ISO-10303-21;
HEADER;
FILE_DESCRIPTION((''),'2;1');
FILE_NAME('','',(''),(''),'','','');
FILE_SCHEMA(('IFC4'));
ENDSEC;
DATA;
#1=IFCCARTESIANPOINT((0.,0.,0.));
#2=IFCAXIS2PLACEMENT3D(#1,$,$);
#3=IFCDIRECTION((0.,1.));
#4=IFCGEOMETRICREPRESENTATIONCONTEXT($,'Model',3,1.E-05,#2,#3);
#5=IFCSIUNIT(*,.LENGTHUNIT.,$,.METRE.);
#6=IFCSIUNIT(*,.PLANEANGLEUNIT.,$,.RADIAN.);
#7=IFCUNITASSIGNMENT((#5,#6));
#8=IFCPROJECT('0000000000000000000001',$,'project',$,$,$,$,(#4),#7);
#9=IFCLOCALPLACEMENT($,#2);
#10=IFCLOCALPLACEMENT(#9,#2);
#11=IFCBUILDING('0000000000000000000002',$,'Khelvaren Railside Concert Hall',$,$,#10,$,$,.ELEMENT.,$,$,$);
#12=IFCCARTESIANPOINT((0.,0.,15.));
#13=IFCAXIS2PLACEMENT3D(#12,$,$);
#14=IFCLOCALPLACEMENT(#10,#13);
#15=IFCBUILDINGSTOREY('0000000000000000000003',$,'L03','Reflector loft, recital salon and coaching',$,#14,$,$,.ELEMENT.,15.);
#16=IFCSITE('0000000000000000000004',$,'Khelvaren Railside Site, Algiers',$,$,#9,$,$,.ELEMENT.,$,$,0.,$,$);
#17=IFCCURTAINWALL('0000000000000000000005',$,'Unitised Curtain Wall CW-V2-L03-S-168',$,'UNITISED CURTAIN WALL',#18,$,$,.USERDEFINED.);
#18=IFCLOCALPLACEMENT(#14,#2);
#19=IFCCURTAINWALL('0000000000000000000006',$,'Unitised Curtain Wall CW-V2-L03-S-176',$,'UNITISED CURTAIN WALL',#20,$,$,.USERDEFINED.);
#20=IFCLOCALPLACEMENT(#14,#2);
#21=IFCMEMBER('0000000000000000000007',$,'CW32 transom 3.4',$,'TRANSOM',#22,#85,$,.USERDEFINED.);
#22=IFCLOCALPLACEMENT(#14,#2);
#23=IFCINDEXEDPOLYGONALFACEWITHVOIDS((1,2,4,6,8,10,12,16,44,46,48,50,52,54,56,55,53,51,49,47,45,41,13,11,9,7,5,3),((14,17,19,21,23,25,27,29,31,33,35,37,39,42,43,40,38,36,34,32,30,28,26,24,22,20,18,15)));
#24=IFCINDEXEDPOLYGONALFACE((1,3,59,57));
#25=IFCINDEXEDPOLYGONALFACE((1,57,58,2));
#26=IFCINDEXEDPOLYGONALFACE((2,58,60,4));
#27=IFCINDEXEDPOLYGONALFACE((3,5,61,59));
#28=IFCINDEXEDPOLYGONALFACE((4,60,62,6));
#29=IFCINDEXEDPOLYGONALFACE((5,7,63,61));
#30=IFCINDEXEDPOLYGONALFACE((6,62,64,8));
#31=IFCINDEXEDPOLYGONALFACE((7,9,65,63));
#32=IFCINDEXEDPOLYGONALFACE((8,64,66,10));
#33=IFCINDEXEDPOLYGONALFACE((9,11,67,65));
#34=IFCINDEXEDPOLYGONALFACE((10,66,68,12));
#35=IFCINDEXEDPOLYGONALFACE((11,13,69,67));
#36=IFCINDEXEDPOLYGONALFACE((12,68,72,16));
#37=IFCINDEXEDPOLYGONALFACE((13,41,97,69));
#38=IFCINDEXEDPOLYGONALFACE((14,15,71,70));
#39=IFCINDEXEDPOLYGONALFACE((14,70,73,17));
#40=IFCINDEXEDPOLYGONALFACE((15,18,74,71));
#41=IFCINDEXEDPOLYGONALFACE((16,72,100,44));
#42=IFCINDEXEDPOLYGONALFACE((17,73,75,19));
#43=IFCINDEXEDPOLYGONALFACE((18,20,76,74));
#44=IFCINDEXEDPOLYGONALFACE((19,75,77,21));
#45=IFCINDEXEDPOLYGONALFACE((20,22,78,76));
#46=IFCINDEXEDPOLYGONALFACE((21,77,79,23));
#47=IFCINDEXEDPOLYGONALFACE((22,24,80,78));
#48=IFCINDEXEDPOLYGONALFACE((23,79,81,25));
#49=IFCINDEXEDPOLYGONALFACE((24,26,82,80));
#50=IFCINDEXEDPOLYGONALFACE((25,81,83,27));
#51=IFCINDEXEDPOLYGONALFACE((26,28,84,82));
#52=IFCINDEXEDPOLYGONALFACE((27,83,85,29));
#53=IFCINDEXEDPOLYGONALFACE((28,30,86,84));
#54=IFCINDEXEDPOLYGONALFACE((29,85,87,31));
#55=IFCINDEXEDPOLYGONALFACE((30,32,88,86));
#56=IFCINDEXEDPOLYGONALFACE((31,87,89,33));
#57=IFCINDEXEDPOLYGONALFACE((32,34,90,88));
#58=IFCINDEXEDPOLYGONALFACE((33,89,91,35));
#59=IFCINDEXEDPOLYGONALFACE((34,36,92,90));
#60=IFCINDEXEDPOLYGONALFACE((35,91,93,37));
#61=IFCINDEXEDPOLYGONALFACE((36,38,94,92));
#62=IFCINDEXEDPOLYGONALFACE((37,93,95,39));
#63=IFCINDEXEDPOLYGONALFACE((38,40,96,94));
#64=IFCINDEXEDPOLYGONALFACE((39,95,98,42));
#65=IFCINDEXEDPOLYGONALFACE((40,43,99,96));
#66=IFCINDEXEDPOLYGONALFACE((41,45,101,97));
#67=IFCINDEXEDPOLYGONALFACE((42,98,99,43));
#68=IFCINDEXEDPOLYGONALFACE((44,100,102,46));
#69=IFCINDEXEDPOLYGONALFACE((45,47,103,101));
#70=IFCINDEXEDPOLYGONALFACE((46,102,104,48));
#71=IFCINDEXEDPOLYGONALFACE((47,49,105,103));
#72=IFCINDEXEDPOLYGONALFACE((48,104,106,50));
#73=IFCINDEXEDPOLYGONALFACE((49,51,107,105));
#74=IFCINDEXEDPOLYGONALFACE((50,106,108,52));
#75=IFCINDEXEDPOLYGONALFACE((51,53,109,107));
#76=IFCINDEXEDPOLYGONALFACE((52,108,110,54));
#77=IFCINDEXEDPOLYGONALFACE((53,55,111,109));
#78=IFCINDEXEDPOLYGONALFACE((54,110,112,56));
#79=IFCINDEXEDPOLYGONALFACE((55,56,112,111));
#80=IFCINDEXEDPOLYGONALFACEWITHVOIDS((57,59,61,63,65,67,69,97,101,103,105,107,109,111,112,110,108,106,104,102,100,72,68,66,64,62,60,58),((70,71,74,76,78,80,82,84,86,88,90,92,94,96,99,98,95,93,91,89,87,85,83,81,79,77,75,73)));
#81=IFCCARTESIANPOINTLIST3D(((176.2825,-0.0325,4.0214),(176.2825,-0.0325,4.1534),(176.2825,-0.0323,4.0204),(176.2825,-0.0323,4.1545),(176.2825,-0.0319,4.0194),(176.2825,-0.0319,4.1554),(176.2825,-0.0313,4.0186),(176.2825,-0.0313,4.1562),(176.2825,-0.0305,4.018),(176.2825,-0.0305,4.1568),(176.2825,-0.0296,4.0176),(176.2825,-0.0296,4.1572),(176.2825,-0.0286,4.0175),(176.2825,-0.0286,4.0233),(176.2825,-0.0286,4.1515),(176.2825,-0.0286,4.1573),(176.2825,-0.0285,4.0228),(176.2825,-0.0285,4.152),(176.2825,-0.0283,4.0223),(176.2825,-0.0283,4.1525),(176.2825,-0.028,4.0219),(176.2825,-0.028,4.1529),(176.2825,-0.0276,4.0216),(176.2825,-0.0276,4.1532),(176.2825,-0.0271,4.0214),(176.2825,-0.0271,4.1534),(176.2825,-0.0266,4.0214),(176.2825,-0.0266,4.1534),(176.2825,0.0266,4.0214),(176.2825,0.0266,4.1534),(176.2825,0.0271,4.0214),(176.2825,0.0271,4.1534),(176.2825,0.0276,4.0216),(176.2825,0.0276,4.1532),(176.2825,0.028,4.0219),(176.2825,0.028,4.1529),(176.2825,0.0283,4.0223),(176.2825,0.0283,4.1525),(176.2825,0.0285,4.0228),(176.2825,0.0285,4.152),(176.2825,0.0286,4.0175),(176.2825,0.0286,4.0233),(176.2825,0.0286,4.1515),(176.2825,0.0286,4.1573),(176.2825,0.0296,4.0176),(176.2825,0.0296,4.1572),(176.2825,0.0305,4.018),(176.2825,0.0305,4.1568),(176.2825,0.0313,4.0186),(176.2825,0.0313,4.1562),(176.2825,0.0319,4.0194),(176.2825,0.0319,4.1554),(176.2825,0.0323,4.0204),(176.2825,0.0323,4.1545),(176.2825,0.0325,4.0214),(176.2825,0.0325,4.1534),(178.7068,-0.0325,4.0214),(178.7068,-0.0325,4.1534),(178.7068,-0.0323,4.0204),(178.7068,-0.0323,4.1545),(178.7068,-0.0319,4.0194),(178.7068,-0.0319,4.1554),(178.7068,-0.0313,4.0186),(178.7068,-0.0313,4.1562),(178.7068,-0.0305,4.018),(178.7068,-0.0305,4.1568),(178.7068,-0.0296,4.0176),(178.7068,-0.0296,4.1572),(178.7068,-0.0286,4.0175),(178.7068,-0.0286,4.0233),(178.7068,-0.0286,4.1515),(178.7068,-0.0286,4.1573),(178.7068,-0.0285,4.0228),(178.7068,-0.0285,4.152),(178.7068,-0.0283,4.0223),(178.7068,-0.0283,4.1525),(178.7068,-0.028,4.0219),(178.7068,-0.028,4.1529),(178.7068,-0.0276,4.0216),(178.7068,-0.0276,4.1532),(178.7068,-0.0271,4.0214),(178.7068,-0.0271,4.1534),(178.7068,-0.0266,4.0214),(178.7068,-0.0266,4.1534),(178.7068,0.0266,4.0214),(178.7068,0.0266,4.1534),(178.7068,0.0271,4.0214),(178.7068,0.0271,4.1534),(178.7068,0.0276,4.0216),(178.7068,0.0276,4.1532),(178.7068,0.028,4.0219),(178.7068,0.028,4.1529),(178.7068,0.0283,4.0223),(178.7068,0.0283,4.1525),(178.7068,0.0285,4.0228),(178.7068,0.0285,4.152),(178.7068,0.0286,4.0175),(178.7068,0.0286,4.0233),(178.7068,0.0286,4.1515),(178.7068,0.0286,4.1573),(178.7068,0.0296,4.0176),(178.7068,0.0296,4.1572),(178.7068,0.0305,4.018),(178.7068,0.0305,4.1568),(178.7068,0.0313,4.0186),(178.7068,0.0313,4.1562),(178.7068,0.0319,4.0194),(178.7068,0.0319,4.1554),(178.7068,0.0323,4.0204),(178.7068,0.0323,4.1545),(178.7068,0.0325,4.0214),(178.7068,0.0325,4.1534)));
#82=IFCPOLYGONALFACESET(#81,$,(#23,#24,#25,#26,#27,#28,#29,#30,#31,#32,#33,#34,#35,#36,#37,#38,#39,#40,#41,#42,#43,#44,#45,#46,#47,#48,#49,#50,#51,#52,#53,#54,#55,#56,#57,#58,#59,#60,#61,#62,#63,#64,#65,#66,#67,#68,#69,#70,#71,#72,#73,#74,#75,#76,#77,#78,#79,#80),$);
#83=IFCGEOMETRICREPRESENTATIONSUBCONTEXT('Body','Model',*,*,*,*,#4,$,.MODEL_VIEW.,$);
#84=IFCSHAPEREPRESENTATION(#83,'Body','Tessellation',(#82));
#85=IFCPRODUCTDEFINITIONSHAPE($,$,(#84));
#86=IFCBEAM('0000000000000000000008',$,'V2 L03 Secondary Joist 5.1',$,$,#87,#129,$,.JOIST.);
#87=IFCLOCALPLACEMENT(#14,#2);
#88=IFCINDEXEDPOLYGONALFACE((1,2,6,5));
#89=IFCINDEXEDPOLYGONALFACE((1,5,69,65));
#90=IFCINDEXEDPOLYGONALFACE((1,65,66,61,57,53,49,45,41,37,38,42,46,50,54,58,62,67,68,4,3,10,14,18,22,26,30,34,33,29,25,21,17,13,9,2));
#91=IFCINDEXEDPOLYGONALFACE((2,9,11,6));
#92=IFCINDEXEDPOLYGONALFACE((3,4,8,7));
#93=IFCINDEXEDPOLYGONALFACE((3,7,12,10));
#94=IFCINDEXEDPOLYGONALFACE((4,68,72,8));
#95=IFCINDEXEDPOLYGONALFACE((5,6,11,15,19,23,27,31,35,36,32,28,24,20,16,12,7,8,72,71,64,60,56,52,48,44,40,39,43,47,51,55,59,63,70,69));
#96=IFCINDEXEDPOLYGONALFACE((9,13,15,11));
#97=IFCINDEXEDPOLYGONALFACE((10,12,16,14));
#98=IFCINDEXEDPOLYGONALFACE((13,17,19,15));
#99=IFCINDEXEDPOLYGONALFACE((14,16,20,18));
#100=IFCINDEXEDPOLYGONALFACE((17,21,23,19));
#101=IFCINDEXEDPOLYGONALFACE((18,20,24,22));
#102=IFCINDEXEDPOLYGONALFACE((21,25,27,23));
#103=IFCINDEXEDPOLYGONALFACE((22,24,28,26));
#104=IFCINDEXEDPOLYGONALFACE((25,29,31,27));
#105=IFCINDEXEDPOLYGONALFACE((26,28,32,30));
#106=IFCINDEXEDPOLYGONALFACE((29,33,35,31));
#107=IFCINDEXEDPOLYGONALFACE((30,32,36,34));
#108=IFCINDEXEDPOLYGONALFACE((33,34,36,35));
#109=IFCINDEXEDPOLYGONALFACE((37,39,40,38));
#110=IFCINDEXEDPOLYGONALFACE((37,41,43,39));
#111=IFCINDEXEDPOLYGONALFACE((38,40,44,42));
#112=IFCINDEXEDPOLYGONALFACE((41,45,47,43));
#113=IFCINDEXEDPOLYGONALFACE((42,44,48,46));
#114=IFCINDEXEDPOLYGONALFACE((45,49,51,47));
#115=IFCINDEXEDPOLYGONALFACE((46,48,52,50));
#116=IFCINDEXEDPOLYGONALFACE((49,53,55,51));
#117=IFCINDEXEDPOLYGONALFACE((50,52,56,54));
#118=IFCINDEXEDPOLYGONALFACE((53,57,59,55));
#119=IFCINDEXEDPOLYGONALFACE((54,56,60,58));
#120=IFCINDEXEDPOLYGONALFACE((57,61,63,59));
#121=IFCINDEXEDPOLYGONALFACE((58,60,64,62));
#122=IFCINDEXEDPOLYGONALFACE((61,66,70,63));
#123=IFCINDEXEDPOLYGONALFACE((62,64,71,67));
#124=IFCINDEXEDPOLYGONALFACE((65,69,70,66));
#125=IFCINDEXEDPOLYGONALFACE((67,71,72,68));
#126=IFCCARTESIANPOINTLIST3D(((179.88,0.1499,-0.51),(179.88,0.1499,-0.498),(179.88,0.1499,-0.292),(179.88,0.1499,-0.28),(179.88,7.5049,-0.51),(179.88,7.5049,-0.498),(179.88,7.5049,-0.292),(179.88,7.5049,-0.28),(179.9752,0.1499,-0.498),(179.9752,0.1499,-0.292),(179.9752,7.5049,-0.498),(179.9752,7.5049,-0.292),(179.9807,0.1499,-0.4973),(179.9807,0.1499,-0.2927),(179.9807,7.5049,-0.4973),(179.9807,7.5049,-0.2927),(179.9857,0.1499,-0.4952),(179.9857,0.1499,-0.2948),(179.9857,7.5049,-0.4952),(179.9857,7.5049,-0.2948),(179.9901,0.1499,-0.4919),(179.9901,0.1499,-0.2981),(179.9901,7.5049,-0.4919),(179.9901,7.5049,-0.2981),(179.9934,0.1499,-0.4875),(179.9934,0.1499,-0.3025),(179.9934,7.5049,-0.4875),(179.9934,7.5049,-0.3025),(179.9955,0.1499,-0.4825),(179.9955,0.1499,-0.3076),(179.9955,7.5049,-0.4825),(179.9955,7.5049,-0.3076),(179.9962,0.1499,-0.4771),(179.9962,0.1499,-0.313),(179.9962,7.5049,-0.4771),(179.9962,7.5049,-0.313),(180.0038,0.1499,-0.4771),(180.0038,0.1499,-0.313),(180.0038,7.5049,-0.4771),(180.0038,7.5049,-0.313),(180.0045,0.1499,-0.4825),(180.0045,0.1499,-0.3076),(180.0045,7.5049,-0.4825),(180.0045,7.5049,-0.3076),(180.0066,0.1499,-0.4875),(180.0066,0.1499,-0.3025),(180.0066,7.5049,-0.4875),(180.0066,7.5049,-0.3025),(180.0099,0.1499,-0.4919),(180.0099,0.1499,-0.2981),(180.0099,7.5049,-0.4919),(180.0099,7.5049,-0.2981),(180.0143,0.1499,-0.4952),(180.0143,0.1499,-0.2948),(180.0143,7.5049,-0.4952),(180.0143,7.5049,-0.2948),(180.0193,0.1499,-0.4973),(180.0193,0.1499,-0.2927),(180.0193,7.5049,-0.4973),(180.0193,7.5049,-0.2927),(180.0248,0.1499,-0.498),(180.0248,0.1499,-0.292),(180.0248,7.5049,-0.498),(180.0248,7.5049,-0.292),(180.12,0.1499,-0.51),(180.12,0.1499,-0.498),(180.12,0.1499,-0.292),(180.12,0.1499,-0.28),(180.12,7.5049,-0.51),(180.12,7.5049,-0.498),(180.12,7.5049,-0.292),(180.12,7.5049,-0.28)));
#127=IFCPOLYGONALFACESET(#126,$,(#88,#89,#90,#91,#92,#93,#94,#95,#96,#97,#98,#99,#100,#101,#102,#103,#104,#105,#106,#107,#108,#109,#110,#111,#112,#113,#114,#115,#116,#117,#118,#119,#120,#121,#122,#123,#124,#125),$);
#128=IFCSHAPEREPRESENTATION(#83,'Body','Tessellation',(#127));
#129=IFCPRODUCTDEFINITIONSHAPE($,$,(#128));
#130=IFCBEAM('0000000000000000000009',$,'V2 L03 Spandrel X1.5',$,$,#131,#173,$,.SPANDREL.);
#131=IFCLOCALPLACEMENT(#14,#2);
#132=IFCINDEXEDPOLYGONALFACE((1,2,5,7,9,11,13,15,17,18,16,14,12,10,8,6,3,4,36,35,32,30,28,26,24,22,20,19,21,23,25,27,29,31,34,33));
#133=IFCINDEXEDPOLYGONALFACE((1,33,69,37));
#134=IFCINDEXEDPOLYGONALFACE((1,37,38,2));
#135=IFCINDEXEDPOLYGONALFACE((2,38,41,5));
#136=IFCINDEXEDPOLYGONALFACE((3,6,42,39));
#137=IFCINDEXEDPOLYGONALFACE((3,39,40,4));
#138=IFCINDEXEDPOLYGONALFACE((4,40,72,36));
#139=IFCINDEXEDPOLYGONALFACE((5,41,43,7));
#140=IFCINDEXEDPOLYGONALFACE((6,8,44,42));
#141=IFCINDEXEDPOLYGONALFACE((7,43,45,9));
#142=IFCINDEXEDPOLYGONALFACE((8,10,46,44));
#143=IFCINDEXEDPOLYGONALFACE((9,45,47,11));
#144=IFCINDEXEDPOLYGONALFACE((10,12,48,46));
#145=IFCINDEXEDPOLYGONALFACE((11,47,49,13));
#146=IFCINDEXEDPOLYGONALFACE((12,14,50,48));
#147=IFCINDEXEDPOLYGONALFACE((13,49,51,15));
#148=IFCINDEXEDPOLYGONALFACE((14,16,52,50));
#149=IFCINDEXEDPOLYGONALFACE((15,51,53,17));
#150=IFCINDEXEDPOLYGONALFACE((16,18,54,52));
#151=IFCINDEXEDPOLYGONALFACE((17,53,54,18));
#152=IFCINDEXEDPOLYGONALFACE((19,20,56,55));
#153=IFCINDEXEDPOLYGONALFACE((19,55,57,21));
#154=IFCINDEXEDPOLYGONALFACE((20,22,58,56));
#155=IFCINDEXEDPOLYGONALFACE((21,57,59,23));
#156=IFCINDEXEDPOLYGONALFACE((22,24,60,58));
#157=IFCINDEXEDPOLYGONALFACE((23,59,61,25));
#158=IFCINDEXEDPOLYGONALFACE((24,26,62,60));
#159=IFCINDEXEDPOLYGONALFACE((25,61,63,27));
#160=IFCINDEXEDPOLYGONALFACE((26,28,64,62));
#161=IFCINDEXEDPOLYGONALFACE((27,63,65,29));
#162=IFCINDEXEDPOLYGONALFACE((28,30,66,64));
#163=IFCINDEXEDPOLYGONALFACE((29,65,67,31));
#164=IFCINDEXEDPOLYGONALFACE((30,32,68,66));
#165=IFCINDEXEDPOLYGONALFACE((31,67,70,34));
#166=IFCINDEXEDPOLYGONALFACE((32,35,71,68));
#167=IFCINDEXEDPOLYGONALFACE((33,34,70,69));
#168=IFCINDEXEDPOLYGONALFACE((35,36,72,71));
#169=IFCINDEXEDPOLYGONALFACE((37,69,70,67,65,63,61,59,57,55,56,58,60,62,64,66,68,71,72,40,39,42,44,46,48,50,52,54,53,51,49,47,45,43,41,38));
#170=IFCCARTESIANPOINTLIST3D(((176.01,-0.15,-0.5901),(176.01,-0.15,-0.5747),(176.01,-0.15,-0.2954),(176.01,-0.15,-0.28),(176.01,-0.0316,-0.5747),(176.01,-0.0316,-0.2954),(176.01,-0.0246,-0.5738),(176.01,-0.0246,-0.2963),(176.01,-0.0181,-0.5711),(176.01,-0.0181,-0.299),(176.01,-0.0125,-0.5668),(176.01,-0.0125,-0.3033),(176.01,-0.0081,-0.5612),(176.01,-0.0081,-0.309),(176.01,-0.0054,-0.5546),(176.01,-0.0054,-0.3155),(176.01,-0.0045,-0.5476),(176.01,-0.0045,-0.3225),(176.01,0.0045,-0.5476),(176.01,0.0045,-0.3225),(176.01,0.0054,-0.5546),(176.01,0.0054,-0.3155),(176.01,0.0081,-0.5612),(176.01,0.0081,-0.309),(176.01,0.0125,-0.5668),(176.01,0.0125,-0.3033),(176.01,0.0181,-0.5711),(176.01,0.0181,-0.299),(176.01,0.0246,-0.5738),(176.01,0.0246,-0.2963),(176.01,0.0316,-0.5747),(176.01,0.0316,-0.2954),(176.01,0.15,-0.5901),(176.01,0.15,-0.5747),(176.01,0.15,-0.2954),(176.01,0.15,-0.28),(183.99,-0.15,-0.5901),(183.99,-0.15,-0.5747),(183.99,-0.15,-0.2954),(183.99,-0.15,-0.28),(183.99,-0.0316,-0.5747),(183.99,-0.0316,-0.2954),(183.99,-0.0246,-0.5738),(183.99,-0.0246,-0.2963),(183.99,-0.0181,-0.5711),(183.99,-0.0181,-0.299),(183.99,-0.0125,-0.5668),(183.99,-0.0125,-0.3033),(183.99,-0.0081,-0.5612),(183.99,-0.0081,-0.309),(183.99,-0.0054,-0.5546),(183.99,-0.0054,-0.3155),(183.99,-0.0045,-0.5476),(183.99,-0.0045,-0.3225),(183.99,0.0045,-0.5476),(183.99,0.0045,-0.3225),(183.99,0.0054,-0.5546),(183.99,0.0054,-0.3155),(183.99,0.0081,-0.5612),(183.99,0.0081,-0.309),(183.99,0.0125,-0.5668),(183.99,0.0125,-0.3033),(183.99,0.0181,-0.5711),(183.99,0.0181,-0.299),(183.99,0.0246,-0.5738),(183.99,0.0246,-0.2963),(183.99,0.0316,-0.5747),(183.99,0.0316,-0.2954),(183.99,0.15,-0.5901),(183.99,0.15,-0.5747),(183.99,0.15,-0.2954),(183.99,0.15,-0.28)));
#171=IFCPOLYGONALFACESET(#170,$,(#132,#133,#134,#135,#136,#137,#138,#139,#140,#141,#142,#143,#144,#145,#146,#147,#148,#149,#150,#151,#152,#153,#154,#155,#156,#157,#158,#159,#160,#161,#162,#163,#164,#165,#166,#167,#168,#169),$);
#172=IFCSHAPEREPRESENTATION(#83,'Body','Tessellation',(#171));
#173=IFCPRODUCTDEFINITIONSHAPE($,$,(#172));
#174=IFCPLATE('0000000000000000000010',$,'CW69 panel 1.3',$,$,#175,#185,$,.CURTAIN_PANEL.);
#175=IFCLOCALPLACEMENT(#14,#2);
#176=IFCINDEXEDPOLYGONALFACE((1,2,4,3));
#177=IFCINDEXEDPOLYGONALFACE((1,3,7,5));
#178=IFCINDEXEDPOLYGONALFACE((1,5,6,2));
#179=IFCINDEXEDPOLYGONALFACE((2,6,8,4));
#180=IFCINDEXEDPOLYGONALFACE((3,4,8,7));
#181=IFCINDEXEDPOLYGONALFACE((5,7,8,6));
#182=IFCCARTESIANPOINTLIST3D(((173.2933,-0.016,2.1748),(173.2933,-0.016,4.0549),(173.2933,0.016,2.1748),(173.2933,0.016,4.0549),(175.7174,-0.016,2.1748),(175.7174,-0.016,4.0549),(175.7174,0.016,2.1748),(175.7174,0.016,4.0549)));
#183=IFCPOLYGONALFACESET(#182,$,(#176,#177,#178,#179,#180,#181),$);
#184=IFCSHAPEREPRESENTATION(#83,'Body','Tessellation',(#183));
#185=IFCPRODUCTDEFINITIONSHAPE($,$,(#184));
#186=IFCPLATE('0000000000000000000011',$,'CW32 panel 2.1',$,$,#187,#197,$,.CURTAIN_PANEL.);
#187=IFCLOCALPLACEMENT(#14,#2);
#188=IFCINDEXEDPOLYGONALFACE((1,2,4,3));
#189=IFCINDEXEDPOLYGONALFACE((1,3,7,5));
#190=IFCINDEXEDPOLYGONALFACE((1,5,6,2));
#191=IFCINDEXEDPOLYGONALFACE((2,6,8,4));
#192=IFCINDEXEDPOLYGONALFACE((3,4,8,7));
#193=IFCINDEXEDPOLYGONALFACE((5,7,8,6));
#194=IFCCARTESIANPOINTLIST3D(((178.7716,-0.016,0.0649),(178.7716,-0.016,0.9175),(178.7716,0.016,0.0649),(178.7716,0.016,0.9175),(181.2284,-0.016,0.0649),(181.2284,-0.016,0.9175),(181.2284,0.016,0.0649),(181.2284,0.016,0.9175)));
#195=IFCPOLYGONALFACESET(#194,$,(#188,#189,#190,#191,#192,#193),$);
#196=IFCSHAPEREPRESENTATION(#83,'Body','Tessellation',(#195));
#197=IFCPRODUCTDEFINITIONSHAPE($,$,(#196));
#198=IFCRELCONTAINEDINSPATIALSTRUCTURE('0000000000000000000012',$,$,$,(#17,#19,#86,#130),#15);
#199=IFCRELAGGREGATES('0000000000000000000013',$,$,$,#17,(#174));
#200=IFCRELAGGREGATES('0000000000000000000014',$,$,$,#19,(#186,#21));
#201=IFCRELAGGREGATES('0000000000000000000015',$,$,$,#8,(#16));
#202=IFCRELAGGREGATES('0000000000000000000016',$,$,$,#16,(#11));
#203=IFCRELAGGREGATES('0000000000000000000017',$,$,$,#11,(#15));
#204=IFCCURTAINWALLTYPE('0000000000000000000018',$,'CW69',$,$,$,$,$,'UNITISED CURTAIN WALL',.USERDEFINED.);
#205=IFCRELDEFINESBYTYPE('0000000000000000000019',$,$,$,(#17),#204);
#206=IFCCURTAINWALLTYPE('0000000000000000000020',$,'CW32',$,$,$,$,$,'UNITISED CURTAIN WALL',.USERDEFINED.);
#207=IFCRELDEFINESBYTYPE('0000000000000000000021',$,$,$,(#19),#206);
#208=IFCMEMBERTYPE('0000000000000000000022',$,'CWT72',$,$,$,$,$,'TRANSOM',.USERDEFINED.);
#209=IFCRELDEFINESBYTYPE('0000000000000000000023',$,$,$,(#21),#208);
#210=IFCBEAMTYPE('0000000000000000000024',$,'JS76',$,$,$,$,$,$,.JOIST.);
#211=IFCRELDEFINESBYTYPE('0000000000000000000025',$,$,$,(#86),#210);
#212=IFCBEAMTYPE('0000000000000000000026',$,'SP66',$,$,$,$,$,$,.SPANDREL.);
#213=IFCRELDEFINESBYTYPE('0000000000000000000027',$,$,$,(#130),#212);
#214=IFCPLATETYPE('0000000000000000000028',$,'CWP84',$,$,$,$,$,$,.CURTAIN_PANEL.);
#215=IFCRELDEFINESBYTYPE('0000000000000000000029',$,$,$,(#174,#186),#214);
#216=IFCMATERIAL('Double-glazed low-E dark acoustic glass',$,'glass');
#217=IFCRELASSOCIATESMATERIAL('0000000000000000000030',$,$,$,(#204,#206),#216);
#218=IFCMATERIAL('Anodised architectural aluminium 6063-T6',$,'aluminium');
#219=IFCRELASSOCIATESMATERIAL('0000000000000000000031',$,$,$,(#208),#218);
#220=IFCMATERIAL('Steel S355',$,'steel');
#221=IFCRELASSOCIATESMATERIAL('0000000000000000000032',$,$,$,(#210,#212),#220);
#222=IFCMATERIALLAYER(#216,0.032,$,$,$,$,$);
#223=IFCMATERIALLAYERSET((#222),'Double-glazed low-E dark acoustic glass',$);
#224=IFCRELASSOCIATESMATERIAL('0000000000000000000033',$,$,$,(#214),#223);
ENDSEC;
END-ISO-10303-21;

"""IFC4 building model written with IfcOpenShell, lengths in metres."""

from ifc_helpers import new_model, si_unit, direction, frame, origin, origin_2d, place, context, subcontext, project, spatial, rectangle, hollow_rectangle, i_section, extrude, material, layer, layer_set, material_profile, profile_set, type_object, element, aggregate, save


model = new_model("IFC4")

# Units and contexts
model_context = context("Model", 3, precision=1e-05, world=origin(), true_north=direction((0.0, 1.0)))
body_context = subcontext(model_context, "Body", "Model", "MODEL_VIEW")
ifc_project = project(units=[si_unit("LENGTHUNIT", "METRE"), si_unit("PLANEANGLEUNIT", "RADIAN")], contexts=[model_context])

# Site, building, storey
site_placement = place(None, origin())
site = spatial("IfcSite", under=ifc_project, at=site_placement, Name="Khelvaren Railside Site, Algiers", CompositionType="ELEMENT", RefElevation=0.0)
building_placement = place(site_placement, origin())
building = spatial("IfcBuilding", under=site, at=building_placement, Name="Khelvaren Railside Concert Hall", CompositionType="ELEMENT")
storey_placement = place(building_placement, frame((0.0, 0.0, 15.0)))
storey = spatial("IfcBuildingStorey", under=building, at=storey_placement, Name="L03", Description="Reflector loft, recital salon and coaching", CompositionType="ELEMENT", Elevation=15.0)

# Shared definitions
ifc_material_1 = material(Name="Steel S355", Category="steel")

# Curtain wall
ifc_material_2 = material(Name="Double-glazed low-E dark acoustic glass", Category="glass")
curtain_wall_type_1 = type_object("IfcCurtainWallType", Name="CW69", ElementType="UNITISED CURTAIN WALL", PredefinedType="USERDEFINED", material=ifc_material_2)
curtain_wall_1_placement = place(storey_placement, origin())
curtain_wall_1 = element("IfcCurtainWall", 1, at=curtain_wall_1_placement, inside=storey, type_object=curtain_wall_type_1, Name="Unitised Curtain Wall CW-V2-L03-S-168", ObjectType="UNITISED CURTAIN WALL", PredefinedType="USERDEFINED")
ifc_material_3 = material(Name="Anodised architectural aluminium 6063-T6", Category="aluminium")

# Curtain wall
curtain_wall_type_2 = type_object("IfcCurtainWallType", Name="CW32", ElementType="UNITISED CURTAIN WALL", PredefinedType="USERDEFINED", material=ifc_material_2)
curtain_wall_2_placement = place(storey_placement, origin())
curtain_wall_2 = element("IfcCurtainWall", 2, at=curtain_wall_2_placement, inside=storey, type_object=curtain_wall_type_2, Name="Unitised Curtain Wall CW-V2-L03-S-176", ObjectType="UNITISED CURTAIN WALL", PredefinedType="USERDEFINED")

# Member
ifc_material_profile_1 = material_profile(ifc_material_3, hollow_rectangle(XDim=0.0649, YDim=0.1399, WallThickness=0.0039, InnerFilletRadius=0.002, OuterFilletRadius=0.0039, at=origin_2d()), Name="CWT 65x140x4")
ifc_profile_set_1 = profile_set([ifc_material_profile_1], Name="Anodised architectural aluminium 6063-T6")
member_type_1 = type_object("IfcMemberType", Name="CWT72", ElementType="TRANSOM", PredefinedType="USERDEFINED", material=ifc_profile_set_1)
member_1_placement = place(storey_placement, frame((178.7068, 0.0, 4.0874), z_axis=(-1.0, 0.0, 0.0), x_axis=(0.0, -1.0, 0.0)))
member_1 = element("IfcMember", 3, at=member_1_placement, type_object=member_type_1, Name="CW32 transom 3.4", ObjectType="TRANSOM", PredefinedType="USERDEFINED", context=body_context, shape_type="SweptSolid", body=[
    extrude(hollow_rectangle(XDim=0.0649, YDim=0.1399, WallThickness=0.0039, InnerFilletRadius=0.002, OuterFilletRadius=0.0039, at=origin_2d()), origin(), (0.0, 0.0, 1.0), 2.4243),
])

# Beams
ifc_material_profile_2 = material_profile(ifc_material_1, i_section(OverallWidth=0.24, OverallDepth=0.23, WebThickness=0.0076, FlangeThickness=0.012, FilletRadius=0.021, at=origin_2d()), Name="HEA 240")
ifc_profile_set_2 = profile_set([ifc_material_profile_2], Name="Steel S355")
beam_type_1 = type_object("IfcBeamType", Name="JS76", PredefinedType="JOIST", material=ifc_profile_set_2)
beam_1_placement = place(storey_placement, frame((180.0, 0.1499, -0.395), z_axis=(0.0, 1.0, 0.0), x_axis=(-1.0, 0.0, 0.0)))
element("IfcBeam", 4, at=beam_1_placement, inside=storey, type_object=beam_type_1, Name="V2 L03 Secondary Joist 5.1", PredefinedType="JOIST", context=body_context, shape_type="SweptSolid", body=[
    extrude(i_section(OverallWidth=0.24, OverallDepth=0.23, WebThickness=0.0076, FlangeThickness=0.012, FilletRadius=0.021, at=origin_2d()), origin(), (0.0, 0.0, 1.0), 7.355),
])
ifc_material_profile_3 = material_profile(ifc_material_1, i_section(OverallWidth=0.3, OverallDepth=0.3101, WebThickness=0.009, FlangeThickness=0.0154, FilletRadius=0.0271, at=origin_2d()), Name="HEA 320")
ifc_profile_set_3 = profile_set([ifc_material_profile_3], Name="Steel S355")
beam_type_2 = type_object("IfcBeamType", Name="SP66", PredefinedType="SPANDREL", material=ifc_profile_set_3)
beam_2_placement = place(storey_placement, frame((176.01, 0.0, -0.4351), z_axis=(1.0, 0.0, 0.0), x_axis=(0.0, 1.0, 0.0)))
element("IfcBeam", 5, at=beam_2_placement, inside=storey, type_object=beam_type_2, Name="V2 L03 Spandrel X1.5", PredefinedType="SPANDREL", context=body_context, shape_type="SweptSolid", body=[
    extrude(i_section(OverallWidth=0.3, OverallDepth=0.3101, WebThickness=0.009, FlangeThickness=0.0154, FilletRadius=0.0271, at=origin_2d()), origin(), (0.0, 0.0, 1.0), 7.98),
])

# Plates
ifc_layer_1 = layer(ifc_material_2, 0.032)
ifc_layer_set_1 = layer_set([ifc_layer_1], Name="Double-glazed low-E dark acoustic glass")
plate_type = type_object("IfcPlateType", Name="CWP84", PredefinedType="CURTAIN_PANEL", material=ifc_layer_set_1)
plate_1_placement = place(storey_placement, frame((174.5054, 0.0, 2.1748), z_axis=(0.0, 0.0, 1.0), x_axis=(-1.0, 0.0, 0.0)))
plate_1 = element("IfcPlate", 6, at=plate_1_placement, type_object=plate_type, Name="CW69 panel 1.3", PredefinedType="CURTAIN_PANEL", context=body_context, shape_type="SweptSolid", body=[
    extrude(rectangle(XDim=2.4241, YDim=0.032, at=origin_2d()), origin(), (0.0, 0.0, 1.0), 1.8801),
])
aggregate(curtain_wall_1, [plate_1])
plate_2_placement = place(storey_placement, frame((180.0, 0.0, 0.0649), z_axis=(0.0, 0.0, 1.0), x_axis=(-1.0, 0.0, 0.0)))
plate_2 = element("IfcPlate", 7, at=plate_2_placement, type_object=plate_type, Name="CW32 panel 2.1", PredefinedType="CURTAIN_PANEL", context=body_context, shape_type="SweptSolid", body=[
    extrude(rectangle(XDim=2.4568, YDim=0.032, at=origin_2d()), origin(), (0.0, 0.0, 1.0), 0.8525),
])
aggregate(curtain_wall_2, [plate_2, member_1])

save(model, "model.ifc")
